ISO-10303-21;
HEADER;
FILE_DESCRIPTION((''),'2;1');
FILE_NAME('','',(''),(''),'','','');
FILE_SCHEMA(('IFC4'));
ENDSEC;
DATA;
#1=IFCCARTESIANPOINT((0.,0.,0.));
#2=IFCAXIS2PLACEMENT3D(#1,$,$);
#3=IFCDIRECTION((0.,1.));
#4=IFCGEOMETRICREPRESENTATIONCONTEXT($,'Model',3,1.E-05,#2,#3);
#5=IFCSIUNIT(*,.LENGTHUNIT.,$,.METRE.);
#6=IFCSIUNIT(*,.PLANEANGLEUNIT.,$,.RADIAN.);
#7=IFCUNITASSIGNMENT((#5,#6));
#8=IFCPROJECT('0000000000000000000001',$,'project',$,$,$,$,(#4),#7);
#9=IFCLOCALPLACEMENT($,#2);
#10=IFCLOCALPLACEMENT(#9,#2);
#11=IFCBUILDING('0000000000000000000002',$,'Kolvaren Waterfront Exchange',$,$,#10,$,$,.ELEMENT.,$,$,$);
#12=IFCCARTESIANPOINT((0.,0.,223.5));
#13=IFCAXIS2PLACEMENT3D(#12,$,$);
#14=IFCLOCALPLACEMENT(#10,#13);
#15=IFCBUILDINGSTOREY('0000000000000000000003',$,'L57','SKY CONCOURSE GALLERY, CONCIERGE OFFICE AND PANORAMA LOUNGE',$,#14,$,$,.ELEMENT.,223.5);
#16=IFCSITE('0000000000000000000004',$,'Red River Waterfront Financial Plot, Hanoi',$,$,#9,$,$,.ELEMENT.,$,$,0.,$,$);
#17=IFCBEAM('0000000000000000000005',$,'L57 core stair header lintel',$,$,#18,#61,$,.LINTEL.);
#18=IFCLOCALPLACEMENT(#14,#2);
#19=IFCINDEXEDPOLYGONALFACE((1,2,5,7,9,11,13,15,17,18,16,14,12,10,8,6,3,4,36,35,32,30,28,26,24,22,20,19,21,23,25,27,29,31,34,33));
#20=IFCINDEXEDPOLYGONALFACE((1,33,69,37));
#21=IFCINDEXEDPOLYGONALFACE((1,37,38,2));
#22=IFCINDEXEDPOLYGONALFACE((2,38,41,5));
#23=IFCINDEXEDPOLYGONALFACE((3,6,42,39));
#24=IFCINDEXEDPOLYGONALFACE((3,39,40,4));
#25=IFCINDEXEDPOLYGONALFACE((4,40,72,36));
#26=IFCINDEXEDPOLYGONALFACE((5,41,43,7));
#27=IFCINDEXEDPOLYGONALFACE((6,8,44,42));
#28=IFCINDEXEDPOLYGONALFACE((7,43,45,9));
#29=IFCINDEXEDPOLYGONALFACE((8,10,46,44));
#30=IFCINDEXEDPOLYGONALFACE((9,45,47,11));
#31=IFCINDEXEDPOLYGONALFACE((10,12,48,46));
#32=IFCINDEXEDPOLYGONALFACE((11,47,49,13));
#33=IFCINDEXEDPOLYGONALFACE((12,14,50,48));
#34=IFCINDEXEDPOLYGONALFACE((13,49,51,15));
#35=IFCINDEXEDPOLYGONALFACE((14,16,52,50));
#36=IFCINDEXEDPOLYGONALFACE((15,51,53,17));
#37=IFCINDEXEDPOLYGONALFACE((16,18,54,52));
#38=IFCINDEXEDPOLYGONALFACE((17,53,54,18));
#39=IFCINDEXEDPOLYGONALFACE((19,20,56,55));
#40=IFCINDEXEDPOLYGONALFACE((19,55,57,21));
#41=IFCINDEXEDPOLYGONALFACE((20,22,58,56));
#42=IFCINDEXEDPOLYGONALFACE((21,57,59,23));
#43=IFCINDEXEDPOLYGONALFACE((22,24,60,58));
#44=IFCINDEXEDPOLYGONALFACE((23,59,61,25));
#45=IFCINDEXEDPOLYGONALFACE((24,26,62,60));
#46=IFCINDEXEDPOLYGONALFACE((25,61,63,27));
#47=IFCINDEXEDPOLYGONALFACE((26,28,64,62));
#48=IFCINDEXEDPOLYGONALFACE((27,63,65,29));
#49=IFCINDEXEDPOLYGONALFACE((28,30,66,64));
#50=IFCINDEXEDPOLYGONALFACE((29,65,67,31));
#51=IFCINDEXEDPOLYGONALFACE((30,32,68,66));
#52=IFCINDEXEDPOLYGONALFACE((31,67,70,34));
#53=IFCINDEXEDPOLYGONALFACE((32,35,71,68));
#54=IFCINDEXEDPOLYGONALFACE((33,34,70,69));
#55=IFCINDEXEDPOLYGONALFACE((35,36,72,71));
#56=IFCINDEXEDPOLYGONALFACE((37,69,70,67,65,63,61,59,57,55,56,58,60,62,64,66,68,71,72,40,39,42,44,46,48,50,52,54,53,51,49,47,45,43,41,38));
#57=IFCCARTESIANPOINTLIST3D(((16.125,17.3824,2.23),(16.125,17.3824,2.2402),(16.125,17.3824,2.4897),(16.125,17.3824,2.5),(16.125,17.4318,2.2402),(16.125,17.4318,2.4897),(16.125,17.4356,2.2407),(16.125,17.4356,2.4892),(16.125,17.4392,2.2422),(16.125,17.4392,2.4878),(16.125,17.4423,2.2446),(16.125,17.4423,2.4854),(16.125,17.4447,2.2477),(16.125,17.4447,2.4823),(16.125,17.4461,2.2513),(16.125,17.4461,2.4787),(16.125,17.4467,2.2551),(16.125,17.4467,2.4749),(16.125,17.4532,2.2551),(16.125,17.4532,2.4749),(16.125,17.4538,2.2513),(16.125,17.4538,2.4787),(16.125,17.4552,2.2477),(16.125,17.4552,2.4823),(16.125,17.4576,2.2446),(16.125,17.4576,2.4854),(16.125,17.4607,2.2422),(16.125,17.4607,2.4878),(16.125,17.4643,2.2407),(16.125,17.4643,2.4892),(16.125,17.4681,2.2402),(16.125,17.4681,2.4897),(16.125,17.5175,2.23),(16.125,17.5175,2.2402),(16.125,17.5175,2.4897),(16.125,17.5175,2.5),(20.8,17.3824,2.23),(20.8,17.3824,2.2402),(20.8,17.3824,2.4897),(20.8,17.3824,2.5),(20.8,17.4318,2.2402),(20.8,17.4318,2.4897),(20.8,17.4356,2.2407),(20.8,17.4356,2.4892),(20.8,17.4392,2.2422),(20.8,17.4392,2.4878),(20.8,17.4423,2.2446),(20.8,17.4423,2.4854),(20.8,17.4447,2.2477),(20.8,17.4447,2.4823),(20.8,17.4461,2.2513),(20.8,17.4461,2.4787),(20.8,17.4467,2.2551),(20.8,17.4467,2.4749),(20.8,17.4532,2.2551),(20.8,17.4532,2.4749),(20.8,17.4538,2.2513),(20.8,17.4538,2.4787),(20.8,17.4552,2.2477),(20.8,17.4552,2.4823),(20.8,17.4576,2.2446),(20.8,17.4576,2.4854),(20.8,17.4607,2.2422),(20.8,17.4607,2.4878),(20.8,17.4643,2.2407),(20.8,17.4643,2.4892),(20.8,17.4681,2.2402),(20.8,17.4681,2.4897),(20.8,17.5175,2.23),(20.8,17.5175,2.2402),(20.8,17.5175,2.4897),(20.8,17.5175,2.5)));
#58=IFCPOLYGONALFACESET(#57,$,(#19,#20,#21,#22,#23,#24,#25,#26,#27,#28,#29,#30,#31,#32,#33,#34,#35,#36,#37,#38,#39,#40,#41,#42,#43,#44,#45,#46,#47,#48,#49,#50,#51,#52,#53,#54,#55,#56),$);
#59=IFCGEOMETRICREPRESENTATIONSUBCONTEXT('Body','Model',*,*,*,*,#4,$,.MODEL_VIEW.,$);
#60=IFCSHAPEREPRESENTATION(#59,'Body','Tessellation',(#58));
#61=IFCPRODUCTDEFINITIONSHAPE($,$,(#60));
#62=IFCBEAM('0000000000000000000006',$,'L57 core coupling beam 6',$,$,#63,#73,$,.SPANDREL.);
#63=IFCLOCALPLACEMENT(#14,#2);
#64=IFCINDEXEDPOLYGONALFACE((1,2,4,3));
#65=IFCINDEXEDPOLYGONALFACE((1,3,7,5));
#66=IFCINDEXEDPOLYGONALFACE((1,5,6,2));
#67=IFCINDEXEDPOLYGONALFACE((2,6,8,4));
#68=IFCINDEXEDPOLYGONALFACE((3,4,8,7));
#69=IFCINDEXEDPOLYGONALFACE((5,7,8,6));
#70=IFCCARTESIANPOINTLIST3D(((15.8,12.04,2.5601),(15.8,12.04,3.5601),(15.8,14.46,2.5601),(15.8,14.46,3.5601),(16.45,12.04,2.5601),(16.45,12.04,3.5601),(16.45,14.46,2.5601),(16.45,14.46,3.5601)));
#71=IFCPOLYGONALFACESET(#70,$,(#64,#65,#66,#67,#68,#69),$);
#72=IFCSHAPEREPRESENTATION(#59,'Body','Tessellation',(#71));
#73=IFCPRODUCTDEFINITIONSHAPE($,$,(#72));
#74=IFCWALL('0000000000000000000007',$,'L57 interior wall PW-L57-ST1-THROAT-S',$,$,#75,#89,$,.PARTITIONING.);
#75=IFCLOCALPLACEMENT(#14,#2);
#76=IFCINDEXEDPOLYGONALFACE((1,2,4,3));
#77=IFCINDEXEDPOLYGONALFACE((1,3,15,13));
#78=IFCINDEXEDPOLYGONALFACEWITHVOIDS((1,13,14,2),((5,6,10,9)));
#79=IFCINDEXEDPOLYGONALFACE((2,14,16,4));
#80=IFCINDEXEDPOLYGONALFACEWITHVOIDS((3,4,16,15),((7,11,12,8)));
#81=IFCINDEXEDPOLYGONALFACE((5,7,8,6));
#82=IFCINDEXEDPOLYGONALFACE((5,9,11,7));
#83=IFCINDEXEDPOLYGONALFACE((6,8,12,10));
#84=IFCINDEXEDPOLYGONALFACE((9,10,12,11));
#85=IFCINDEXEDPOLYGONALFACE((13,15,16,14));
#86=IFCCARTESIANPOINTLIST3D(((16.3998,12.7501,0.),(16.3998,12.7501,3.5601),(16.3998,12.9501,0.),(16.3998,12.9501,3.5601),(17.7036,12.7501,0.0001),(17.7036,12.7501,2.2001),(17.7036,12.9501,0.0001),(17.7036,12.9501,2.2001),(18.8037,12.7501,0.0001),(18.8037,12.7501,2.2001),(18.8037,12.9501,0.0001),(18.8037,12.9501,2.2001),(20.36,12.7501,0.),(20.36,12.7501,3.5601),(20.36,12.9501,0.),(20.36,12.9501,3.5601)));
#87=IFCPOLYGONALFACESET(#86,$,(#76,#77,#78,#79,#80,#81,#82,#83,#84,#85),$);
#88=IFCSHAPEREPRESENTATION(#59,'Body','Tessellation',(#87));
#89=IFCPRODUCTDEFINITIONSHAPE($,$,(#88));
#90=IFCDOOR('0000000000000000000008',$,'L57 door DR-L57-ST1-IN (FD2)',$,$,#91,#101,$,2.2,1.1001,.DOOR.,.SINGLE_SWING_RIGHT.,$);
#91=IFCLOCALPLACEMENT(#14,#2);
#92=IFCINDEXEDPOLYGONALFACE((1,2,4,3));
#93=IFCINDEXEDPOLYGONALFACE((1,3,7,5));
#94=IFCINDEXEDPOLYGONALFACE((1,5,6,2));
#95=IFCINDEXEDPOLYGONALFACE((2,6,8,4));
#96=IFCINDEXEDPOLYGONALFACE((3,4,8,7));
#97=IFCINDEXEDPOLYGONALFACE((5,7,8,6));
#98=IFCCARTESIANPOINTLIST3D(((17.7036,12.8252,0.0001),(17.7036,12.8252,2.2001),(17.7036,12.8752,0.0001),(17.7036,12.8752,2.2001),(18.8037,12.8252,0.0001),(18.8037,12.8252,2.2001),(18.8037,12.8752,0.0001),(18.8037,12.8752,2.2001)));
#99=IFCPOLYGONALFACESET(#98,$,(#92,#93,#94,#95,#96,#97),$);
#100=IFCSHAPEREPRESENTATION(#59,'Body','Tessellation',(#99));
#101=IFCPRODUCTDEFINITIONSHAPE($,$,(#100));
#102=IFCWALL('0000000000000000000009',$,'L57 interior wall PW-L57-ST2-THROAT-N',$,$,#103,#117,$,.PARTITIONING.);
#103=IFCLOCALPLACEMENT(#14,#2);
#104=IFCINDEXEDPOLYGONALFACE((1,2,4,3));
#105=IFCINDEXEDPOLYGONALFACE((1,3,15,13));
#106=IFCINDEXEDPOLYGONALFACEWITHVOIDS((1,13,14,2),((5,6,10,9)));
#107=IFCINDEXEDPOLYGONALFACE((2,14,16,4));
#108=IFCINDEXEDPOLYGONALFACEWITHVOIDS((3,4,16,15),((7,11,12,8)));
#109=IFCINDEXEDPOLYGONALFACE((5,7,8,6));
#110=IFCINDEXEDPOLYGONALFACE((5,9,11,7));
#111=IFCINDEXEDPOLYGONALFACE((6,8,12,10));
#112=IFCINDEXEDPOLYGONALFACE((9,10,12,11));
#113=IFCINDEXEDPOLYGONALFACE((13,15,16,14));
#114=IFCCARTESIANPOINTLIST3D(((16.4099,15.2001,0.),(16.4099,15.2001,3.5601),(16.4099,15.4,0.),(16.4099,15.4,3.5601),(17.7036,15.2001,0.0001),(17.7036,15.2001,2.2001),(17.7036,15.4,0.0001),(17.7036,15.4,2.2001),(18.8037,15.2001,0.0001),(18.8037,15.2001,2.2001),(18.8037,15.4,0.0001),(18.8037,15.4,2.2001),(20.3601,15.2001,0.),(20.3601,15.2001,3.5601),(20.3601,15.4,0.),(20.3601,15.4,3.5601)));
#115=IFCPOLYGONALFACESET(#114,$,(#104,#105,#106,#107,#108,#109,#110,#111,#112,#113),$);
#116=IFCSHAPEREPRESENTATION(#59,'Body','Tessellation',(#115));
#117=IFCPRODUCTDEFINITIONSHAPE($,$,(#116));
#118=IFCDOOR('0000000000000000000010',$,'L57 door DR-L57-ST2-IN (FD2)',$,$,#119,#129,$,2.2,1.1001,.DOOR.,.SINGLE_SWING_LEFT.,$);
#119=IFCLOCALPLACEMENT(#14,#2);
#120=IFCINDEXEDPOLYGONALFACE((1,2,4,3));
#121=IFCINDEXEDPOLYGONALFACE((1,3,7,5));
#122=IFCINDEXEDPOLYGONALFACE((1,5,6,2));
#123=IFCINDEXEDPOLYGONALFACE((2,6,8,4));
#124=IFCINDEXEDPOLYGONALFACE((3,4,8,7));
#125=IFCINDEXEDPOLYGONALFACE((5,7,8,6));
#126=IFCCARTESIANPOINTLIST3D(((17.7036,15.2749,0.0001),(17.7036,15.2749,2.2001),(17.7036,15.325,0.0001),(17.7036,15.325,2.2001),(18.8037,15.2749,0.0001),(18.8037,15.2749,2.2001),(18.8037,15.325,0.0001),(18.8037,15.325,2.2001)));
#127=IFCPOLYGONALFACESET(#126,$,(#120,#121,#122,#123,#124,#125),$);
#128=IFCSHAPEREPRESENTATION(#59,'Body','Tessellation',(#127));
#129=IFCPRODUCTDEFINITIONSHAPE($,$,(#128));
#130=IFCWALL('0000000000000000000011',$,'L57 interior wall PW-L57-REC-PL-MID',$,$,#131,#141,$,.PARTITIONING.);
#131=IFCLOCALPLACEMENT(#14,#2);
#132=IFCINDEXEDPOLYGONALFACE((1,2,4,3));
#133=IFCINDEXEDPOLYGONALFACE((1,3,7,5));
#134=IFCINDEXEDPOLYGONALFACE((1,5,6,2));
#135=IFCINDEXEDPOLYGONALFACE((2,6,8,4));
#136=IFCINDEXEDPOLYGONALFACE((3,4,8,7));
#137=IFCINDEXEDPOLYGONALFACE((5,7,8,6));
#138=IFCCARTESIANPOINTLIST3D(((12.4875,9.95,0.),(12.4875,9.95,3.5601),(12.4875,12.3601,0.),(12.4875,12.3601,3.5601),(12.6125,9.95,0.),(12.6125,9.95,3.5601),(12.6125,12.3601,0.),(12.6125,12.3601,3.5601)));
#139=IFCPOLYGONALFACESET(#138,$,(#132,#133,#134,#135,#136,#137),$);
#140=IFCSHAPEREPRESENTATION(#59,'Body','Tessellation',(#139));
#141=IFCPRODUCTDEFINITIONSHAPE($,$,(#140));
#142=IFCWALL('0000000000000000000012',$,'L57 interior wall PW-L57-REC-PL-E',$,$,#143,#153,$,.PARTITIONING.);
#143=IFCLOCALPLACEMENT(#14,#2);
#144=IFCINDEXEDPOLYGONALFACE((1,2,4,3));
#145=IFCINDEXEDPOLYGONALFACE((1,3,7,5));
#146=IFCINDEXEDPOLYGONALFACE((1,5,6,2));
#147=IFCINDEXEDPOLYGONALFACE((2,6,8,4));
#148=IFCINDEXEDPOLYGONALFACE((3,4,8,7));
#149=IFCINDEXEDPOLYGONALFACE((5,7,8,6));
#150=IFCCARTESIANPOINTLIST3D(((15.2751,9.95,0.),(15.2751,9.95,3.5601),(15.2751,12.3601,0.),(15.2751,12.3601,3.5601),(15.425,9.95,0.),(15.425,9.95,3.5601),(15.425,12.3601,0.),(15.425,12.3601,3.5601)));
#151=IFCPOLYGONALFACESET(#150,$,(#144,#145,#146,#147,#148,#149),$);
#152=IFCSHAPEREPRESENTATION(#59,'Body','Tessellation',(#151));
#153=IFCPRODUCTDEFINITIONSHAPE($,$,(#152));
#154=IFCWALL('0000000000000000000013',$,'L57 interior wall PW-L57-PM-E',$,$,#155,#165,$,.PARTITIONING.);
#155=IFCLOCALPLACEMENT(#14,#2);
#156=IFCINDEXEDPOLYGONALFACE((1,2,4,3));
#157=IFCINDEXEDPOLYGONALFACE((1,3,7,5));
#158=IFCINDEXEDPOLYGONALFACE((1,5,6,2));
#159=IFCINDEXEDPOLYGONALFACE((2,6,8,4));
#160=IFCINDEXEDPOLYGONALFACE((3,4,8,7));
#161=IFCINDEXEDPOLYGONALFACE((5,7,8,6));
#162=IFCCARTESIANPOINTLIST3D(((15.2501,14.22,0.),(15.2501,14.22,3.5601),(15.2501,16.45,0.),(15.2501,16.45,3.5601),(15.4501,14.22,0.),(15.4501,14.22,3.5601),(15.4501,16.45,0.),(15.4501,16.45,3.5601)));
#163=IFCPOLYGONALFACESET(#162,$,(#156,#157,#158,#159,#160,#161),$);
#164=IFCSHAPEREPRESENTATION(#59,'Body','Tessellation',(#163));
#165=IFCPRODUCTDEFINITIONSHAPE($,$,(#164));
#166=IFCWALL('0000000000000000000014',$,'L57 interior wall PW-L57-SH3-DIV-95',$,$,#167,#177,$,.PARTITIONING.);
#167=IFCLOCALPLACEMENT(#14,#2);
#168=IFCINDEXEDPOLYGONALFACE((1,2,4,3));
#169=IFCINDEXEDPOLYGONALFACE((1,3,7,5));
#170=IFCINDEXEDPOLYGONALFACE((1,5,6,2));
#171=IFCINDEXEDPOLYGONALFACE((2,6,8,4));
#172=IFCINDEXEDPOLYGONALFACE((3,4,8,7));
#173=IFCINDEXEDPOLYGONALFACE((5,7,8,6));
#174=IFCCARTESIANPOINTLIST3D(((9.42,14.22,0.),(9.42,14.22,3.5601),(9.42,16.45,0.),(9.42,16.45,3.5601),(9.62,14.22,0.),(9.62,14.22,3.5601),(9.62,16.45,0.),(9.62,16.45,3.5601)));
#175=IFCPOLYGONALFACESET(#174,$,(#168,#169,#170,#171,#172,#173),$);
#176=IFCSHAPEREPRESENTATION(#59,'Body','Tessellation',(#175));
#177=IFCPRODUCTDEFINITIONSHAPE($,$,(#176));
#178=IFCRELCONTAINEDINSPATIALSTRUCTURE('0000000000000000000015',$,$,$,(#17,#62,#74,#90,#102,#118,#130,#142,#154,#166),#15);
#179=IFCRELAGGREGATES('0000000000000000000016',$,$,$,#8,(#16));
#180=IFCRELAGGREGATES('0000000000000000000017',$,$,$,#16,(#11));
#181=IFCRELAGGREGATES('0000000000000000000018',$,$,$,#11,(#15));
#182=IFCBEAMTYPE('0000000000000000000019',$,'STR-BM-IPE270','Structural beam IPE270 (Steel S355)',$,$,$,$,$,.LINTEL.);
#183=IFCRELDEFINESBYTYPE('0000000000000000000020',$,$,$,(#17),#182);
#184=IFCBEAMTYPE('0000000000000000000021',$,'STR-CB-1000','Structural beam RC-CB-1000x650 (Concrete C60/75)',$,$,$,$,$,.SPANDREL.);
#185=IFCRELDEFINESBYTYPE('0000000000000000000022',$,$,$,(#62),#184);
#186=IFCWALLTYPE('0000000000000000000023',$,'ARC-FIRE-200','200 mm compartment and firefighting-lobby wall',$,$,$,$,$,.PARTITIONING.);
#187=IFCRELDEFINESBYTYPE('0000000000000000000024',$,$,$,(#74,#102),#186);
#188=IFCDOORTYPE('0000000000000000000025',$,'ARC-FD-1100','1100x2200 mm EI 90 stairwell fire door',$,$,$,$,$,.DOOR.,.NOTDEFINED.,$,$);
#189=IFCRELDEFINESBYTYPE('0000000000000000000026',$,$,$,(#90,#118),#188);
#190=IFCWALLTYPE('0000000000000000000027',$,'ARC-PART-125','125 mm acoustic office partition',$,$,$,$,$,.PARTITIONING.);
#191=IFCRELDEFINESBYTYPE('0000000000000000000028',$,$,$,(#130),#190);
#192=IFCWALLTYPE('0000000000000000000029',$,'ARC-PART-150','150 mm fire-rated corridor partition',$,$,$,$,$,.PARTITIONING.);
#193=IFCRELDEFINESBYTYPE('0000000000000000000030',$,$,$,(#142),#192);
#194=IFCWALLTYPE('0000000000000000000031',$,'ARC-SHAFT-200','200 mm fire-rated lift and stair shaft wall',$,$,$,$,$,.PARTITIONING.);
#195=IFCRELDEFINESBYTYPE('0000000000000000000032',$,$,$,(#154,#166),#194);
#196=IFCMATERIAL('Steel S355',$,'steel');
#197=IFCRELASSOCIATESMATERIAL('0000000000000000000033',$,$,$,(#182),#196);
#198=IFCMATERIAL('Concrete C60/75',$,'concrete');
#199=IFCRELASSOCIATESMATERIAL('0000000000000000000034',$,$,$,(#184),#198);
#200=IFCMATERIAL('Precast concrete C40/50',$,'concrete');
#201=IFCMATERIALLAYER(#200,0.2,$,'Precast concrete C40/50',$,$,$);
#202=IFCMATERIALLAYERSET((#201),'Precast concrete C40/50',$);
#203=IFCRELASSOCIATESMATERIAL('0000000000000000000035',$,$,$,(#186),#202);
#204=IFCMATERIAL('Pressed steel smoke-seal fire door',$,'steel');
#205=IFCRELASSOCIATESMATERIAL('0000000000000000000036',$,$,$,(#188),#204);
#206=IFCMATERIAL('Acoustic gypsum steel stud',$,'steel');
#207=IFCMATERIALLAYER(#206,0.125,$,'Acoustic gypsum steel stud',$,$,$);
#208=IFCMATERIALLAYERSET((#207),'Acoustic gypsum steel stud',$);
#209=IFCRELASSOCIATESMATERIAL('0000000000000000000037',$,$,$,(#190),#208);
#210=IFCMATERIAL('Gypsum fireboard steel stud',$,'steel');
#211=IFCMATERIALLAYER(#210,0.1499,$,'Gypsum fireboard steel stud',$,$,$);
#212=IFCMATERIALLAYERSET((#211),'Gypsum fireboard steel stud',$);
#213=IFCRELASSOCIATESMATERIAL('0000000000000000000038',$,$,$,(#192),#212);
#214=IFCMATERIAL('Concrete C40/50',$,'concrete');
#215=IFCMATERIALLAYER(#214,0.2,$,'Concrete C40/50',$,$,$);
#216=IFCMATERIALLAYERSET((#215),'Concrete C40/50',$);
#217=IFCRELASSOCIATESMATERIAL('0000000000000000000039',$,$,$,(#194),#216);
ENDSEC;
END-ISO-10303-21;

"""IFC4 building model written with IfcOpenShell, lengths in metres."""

from ifc_helpers import new_model, si_unit, direction, frame, frame_2d, origin, origin_2d, place, context, subcontext, project, spatial, rectangle, i_section, extrude, material, layer, layer_set, material_profile, profile_set, type_object, element, fill, save


model = new_model("IFC4")

# Units and contexts
model_context = context("Model", 3, precision=1e-05, world=origin(), true_north=direction((0.0, 1.0)))
body_context = subcontext(model_context, "Body", "Model", "MODEL_VIEW")
ifc_project = project(units=[si_unit("LENGTHUNIT", "METRE"), si_unit("PLANEANGLEUNIT", "RADIAN")], contexts=[model_context])

# Site, building, storey
site_placement = place(None, origin())
site = spatial("IfcSite", under=ifc_project, at=site_placement, Name="Red River Waterfront Financial Plot, Hanoi", CompositionType="ELEMENT", RefElevation=0.0)
building_placement = place(site_placement, origin())
building = spatial("IfcBuilding", under=site, at=building_placement, Name="Kolvaren Waterfront Exchange", CompositionType="ELEMENT")
storey_placement = place(building_placement, frame((0.0, 0.0, 223.5)))
storey = spatial("IfcBuildingStorey", under=building, at=storey_placement, Name="L57", Description="SKY CONCOURSE GALLERY, CONCIERGE OFFICE AND PANORAMA LOUNGE", CompositionType="ELEMENT", Elevation=223.5)

# Beams
ifc_material_1 = material(Name="Steel S355", Category="steel")
ifc_material_profile_1 = material_profile(ifc_material_1, i_section(OverallWidth=0.135, OverallDepth=0.27, WebThickness=0.0066, FlangeThickness=0.0103, FilletRadius=0.0149, at=origin_2d()), Name="IPE270")
ifc_profile_set_1 = profile_set([ifc_material_profile_1], Name="Steel S355")
beam_type_1 = type_object("IfcBeamType", Name="STR-BM-IPE270", Description="Structural beam IPE270 (Steel S355)", PredefinedType="LINTEL", material=ifc_profile_set_1)
beam_1_placement = place(storey_placement, frame((16.125, 17.45, 2.365), z_axis=(1.0, 0.0, 0.0), x_axis=(0.0, 1.0, 0.0)))
element("IfcBeam", 1, at=beam_1_placement, inside=storey, type_object=beam_type_1, Name="L57 core stair header lintel", PredefinedType="LINTEL", context=body_context, shape_type="SweptSolid", body=[
    extrude(i_section(OverallWidth=0.135, OverallDepth=0.27, WebThickness=0.0066, FlangeThickness=0.0103, FilletRadius=0.0149, at=origin_2d()), origin(), (0.0, 0.0, 1.0), 4.675),
])
ifc_material_2 = material(Name="Concrete C60/75", Category="concrete")
ifc_material_profile_2 = material_profile(ifc_material_2, rectangle(XDim=0.6499, YDim=1.0, at=origin_2d()), Name="RC-CB-1000x650")
ifc_profile_set_2 = profile_set([ifc_material_profile_2], Name="Concrete C60/75")
beam_type_2 = type_object("IfcBeamType", Name="STR-CB-1000", Description="Structural beam RC-CB-1000x650 (Concrete C60/75)", PredefinedType="SPANDREL", material=ifc_profile_set_2)
beam_2_placement = place(storey_placement, frame((16.125, 12.04, 3.0601), z_axis=(0.0, 1.0, 0.0), x_axis=(-1.0, 0.0, 0.0)))
element("IfcBeam", 2, at=beam_2_placement, inside=storey, type_object=beam_type_2, Name="L57 core coupling beam 6", PredefinedType="SPANDREL", context=body_context, shape_type="SweptSolid", body=[
    extrude(rectangle(XDim=0.6499, YDim=1.0, at=origin_2d()), origin(), (0.0, 0.0, 1.0), 2.4199),
])

# Walls, openings, doors
ifc_material_3 = material(Name="Precast concrete C40/50", Category="concrete")
ifc_layer_1 = layer(ifc_material_3, 0.2, Name="Precast concrete C40/50")
ifc_layer_set_1 = layer_set([ifc_layer_1], Name="Precast concrete C40/50")
wall_type_1 = type_object("IfcWallType", Name="ARC-FIRE-200", Description="200 mm compartment and firefighting-lobby wall", PredefinedType="PARTITIONING", material=ifc_layer_set_1)
wall_1_placement = place(storey_placement, frame((16.3999, 12.8501, 0.0), z_axis=(0.0, 0.0, 1.0), x_axis=(1.0, 0.0, 0.0)))
wall_1 = element("IfcWall", 3, at=wall_1_placement, inside=storey, type_object=wall_type_1, Name="L57 interior wall PW-L57-ST1-THROAT-S", PredefinedType="PARTITIONING", context=body_context, shape_type="SweptSolid", body=[
    extrude(rectangle(XDim=3.9602, YDim=0.2, at=frame_2d((1.98, 0.0))), origin(), (0.0, 0.0, 1.0), 3.5601),
])
opening_1_placement = place(wall_1_placement, frame((1.3037, 0.0, 0.0)))
opening_1 = element("IfcOpeningElement", 4, at=opening_1_placement, cuts=wall_1, PredefinedType="OPENING", context=body_context, shape_type="SweptSolid", body=[
    extrude(rectangle(XDim=1.1001, YDim=2.2, at=frame_2d((0.55, 1.1001))), frame((0.0, 0.1099, 0.0), z_axis=(0.0, -1.0, 0.0), x_axis=(1.0, 0.0, 0.0)), (0.0, 0.0, 1.0), 0.22),
])
ifc_material_4 = material(Name="Pressed steel smoke-seal fire door", Category="steel")
door_type_1 = type_object("IfcDoorType", Name="ARC-FD-1100", Description="1100x2200 mm EI 90 stairwell fire door", OperationType="NOTDEFINED", PredefinedType="DOOR", material=ifc_material_4)
door_1_placement = place(opening_1_placement, frame((1.1001, 0.0, 0.0), z_axis=(0.0, 0.0, 1.0), x_axis=(-1.0, 0.0, 0.0)))
door_1 = element("IfcDoor", 5, at=door_1_placement, inside=storey, type_object=door_type_1, Name="L57 door DR-L57-ST1-IN (FD2)", OperationType="SINGLE_SWING_RIGHT", OverallHeight=2.2, OverallWidth=1.1001, PredefinedType="DOOR", context=body_context, shape_type="SweptSolid", body=[
    extrude(rectangle(XDim=1.1001, YDim=2.2, at=frame_2d((0.55, 1.1001))), frame((0.0, 0.0249, 0.0), z_axis=(0.0, -1.0, 0.0), x_axis=(1.0, 0.0, 0.0)), (0.0, 0.0, 1.0), 0.05),
])
fill(opening_1, door_1)
wall_2_placement = place(storey_placement, frame((16.4099, 15.3, 0.0), z_axis=(0.0, 0.0, 1.0), x_axis=(1.0, 0.0, 0.0)))
wall_2 = element("IfcWall", 6, at=wall_2_placement, inside=storey, type_object=wall_type_1, Name="L57 interior wall PW-L57-ST2-THROAT-N", PredefinedType="PARTITIONING", context=body_context, shape_type="SweptSolid", body=[
    extrude(rectangle(XDim=3.9502, YDim=0.2, at=frame_2d((1.9751, 0.0))), origin(), (0.0, 0.0, 1.0), 3.5601),
])
opening_2_placement = place(wall_2_placement, frame((1.2937, 0.0, 0.0)))
opening_2 = element("IfcOpeningElement", 7, at=opening_2_placement, cuts=wall_2, PredefinedType="OPENING", context=body_context, shape_type="SweptSolid", body=[
    extrude(rectangle(XDim=1.1001, YDim=2.2, at=frame_2d((0.55, 1.1001))), frame((0.0, 0.1099, 0.0), z_axis=(0.0, -1.0, 0.0), x_axis=(1.0, 0.0, 0.0)), (0.0, 0.0, 1.0), 0.22),
])
door_2_placement = place(opening_2_placement, origin())
door_2 = element("IfcDoor", 8, at=door_2_placement, inside=storey, type_object=door_type_1, Name="L57 door DR-L57-ST2-IN (FD2)", OperationType="SINGLE_SWING_LEFT", OverallHeight=2.2, OverallWidth=1.1001, PredefinedType="DOOR", context=body_context, shape_type="SweptSolid", body=[
    extrude(rectangle(XDim=1.1001, YDim=2.2, at=frame_2d((0.55, 1.1001))), frame((0.0, 0.0249, 0.0), z_axis=(0.0, -1.0, 0.0), x_axis=(1.0, 0.0, 0.0)), (0.0, 0.0, 1.0), 0.05),
])
fill(opening_2, door_2)

# Walls
ifc_material_5 = material(Name="Acoustic gypsum steel stud", Category="steel")
ifc_layer_2 = layer(ifc_material_5, 0.125, Name="Acoustic gypsum steel stud")
ifc_layer_set_2 = layer_set([ifc_layer_2], Name="Acoustic gypsum steel stud")
wall_type_2 = type_object("IfcWallType", Name="ARC-PART-125", Description="125 mm acoustic office partition", PredefinedType="PARTITIONING", material=ifc_layer_set_2)
wall_3_placement = place(storey_placement, frame((12.55, 9.95, 0.0), z_axis=(0.0, 0.0, 1.0), x_axis=(0.0, 1.0, 0.0)))
element("IfcWall", 9, at=wall_3_placement, inside=storey, type_object=wall_type_2, Name="L57 interior wall PW-L57-REC-PL-MID", PredefinedType="PARTITIONING", context=body_context, shape_type="SweptSolid", body=[
    extrude(rectangle(XDim=2.4102, YDim=0.125, at=frame_2d((1.2051, 0.0))), origin(), (0.0, 0.0, 1.0), 3.5601),
])
ifc_material_6 = material(Name="Gypsum fireboard steel stud", Category="steel")
ifc_layer_3 = layer(ifc_material_6, 0.1499, Name="Gypsum fireboard steel stud")
ifc_layer_set_3 = layer_set([ifc_layer_3], Name="Gypsum fireboard steel stud")
wall_type_3 = type_object("IfcWallType", Name="ARC-PART-150", Description="150 mm fire-rated corridor partition", PredefinedType="PARTITIONING", material=ifc_layer_set_3)
wall_4_placement = place(storey_placement, frame((15.3501, 9.95, 0.0), z_axis=(0.0, 0.0, 1.0), x_axis=(0.0, 1.0, 0.0)))
element("IfcWall", 10, at=wall_4_placement, inside=storey, type_object=wall_type_3, Name="L57 interior wall PW-L57-REC-PL-E", PredefinedType="PARTITIONING", context=body_context, shape_type="SweptSolid", body=[
    extrude(rectangle(XDim=2.4102, YDim=0.1499, at=frame_2d((1.2051, 0.0))), origin(), (0.0, 0.0, 1.0), 3.5601),
])
ifc_material_7 = material(Name="Concrete C40/50", Category="concrete")
ifc_layer_4 = layer(ifc_material_7, 0.2, Name="Concrete C40/50")
ifc_layer_set_4 = layer_set([ifc_layer_4], Name="Concrete C40/50")
wall_type_4 = type_object("IfcWallType", Name="ARC-SHAFT-200", Description="200 mm fire-rated lift and stair shaft wall", PredefinedType="PARTITIONING", material=ifc_layer_set_4)
for number, where, z_axis, x_axis, name in (
    (11, (15.3501, 14.22, 0.0), (0.0, 0.0, 1.0), (0.0, 1.0, 0.0), "L57 interior wall PW-L57-PM-E"),
    (12, (9.52, 14.22, 0.0), (0.0, 0.0, 1.0), (0.0, 1.0, 0.0), "L57 interior wall PW-L57-SH3-DIV-95"),
):
    element("IfcWall", number, at=place(storey_placement, frame(where, z_axis=z_axis, x_axis=x_axis)), inside=storey, type_object=wall_type_4, Name=name, PredefinedType="PARTITIONING", context=body_context, shape_type="SweptSolid", body=[
        extrude(rectangle(XDim=2.23, YDim=0.2, at=frame_2d((1.115, 0.0))), origin(), (0.0, 0.0, 1.0), 3.5601),
    ])

save(model, "model.ifc")
